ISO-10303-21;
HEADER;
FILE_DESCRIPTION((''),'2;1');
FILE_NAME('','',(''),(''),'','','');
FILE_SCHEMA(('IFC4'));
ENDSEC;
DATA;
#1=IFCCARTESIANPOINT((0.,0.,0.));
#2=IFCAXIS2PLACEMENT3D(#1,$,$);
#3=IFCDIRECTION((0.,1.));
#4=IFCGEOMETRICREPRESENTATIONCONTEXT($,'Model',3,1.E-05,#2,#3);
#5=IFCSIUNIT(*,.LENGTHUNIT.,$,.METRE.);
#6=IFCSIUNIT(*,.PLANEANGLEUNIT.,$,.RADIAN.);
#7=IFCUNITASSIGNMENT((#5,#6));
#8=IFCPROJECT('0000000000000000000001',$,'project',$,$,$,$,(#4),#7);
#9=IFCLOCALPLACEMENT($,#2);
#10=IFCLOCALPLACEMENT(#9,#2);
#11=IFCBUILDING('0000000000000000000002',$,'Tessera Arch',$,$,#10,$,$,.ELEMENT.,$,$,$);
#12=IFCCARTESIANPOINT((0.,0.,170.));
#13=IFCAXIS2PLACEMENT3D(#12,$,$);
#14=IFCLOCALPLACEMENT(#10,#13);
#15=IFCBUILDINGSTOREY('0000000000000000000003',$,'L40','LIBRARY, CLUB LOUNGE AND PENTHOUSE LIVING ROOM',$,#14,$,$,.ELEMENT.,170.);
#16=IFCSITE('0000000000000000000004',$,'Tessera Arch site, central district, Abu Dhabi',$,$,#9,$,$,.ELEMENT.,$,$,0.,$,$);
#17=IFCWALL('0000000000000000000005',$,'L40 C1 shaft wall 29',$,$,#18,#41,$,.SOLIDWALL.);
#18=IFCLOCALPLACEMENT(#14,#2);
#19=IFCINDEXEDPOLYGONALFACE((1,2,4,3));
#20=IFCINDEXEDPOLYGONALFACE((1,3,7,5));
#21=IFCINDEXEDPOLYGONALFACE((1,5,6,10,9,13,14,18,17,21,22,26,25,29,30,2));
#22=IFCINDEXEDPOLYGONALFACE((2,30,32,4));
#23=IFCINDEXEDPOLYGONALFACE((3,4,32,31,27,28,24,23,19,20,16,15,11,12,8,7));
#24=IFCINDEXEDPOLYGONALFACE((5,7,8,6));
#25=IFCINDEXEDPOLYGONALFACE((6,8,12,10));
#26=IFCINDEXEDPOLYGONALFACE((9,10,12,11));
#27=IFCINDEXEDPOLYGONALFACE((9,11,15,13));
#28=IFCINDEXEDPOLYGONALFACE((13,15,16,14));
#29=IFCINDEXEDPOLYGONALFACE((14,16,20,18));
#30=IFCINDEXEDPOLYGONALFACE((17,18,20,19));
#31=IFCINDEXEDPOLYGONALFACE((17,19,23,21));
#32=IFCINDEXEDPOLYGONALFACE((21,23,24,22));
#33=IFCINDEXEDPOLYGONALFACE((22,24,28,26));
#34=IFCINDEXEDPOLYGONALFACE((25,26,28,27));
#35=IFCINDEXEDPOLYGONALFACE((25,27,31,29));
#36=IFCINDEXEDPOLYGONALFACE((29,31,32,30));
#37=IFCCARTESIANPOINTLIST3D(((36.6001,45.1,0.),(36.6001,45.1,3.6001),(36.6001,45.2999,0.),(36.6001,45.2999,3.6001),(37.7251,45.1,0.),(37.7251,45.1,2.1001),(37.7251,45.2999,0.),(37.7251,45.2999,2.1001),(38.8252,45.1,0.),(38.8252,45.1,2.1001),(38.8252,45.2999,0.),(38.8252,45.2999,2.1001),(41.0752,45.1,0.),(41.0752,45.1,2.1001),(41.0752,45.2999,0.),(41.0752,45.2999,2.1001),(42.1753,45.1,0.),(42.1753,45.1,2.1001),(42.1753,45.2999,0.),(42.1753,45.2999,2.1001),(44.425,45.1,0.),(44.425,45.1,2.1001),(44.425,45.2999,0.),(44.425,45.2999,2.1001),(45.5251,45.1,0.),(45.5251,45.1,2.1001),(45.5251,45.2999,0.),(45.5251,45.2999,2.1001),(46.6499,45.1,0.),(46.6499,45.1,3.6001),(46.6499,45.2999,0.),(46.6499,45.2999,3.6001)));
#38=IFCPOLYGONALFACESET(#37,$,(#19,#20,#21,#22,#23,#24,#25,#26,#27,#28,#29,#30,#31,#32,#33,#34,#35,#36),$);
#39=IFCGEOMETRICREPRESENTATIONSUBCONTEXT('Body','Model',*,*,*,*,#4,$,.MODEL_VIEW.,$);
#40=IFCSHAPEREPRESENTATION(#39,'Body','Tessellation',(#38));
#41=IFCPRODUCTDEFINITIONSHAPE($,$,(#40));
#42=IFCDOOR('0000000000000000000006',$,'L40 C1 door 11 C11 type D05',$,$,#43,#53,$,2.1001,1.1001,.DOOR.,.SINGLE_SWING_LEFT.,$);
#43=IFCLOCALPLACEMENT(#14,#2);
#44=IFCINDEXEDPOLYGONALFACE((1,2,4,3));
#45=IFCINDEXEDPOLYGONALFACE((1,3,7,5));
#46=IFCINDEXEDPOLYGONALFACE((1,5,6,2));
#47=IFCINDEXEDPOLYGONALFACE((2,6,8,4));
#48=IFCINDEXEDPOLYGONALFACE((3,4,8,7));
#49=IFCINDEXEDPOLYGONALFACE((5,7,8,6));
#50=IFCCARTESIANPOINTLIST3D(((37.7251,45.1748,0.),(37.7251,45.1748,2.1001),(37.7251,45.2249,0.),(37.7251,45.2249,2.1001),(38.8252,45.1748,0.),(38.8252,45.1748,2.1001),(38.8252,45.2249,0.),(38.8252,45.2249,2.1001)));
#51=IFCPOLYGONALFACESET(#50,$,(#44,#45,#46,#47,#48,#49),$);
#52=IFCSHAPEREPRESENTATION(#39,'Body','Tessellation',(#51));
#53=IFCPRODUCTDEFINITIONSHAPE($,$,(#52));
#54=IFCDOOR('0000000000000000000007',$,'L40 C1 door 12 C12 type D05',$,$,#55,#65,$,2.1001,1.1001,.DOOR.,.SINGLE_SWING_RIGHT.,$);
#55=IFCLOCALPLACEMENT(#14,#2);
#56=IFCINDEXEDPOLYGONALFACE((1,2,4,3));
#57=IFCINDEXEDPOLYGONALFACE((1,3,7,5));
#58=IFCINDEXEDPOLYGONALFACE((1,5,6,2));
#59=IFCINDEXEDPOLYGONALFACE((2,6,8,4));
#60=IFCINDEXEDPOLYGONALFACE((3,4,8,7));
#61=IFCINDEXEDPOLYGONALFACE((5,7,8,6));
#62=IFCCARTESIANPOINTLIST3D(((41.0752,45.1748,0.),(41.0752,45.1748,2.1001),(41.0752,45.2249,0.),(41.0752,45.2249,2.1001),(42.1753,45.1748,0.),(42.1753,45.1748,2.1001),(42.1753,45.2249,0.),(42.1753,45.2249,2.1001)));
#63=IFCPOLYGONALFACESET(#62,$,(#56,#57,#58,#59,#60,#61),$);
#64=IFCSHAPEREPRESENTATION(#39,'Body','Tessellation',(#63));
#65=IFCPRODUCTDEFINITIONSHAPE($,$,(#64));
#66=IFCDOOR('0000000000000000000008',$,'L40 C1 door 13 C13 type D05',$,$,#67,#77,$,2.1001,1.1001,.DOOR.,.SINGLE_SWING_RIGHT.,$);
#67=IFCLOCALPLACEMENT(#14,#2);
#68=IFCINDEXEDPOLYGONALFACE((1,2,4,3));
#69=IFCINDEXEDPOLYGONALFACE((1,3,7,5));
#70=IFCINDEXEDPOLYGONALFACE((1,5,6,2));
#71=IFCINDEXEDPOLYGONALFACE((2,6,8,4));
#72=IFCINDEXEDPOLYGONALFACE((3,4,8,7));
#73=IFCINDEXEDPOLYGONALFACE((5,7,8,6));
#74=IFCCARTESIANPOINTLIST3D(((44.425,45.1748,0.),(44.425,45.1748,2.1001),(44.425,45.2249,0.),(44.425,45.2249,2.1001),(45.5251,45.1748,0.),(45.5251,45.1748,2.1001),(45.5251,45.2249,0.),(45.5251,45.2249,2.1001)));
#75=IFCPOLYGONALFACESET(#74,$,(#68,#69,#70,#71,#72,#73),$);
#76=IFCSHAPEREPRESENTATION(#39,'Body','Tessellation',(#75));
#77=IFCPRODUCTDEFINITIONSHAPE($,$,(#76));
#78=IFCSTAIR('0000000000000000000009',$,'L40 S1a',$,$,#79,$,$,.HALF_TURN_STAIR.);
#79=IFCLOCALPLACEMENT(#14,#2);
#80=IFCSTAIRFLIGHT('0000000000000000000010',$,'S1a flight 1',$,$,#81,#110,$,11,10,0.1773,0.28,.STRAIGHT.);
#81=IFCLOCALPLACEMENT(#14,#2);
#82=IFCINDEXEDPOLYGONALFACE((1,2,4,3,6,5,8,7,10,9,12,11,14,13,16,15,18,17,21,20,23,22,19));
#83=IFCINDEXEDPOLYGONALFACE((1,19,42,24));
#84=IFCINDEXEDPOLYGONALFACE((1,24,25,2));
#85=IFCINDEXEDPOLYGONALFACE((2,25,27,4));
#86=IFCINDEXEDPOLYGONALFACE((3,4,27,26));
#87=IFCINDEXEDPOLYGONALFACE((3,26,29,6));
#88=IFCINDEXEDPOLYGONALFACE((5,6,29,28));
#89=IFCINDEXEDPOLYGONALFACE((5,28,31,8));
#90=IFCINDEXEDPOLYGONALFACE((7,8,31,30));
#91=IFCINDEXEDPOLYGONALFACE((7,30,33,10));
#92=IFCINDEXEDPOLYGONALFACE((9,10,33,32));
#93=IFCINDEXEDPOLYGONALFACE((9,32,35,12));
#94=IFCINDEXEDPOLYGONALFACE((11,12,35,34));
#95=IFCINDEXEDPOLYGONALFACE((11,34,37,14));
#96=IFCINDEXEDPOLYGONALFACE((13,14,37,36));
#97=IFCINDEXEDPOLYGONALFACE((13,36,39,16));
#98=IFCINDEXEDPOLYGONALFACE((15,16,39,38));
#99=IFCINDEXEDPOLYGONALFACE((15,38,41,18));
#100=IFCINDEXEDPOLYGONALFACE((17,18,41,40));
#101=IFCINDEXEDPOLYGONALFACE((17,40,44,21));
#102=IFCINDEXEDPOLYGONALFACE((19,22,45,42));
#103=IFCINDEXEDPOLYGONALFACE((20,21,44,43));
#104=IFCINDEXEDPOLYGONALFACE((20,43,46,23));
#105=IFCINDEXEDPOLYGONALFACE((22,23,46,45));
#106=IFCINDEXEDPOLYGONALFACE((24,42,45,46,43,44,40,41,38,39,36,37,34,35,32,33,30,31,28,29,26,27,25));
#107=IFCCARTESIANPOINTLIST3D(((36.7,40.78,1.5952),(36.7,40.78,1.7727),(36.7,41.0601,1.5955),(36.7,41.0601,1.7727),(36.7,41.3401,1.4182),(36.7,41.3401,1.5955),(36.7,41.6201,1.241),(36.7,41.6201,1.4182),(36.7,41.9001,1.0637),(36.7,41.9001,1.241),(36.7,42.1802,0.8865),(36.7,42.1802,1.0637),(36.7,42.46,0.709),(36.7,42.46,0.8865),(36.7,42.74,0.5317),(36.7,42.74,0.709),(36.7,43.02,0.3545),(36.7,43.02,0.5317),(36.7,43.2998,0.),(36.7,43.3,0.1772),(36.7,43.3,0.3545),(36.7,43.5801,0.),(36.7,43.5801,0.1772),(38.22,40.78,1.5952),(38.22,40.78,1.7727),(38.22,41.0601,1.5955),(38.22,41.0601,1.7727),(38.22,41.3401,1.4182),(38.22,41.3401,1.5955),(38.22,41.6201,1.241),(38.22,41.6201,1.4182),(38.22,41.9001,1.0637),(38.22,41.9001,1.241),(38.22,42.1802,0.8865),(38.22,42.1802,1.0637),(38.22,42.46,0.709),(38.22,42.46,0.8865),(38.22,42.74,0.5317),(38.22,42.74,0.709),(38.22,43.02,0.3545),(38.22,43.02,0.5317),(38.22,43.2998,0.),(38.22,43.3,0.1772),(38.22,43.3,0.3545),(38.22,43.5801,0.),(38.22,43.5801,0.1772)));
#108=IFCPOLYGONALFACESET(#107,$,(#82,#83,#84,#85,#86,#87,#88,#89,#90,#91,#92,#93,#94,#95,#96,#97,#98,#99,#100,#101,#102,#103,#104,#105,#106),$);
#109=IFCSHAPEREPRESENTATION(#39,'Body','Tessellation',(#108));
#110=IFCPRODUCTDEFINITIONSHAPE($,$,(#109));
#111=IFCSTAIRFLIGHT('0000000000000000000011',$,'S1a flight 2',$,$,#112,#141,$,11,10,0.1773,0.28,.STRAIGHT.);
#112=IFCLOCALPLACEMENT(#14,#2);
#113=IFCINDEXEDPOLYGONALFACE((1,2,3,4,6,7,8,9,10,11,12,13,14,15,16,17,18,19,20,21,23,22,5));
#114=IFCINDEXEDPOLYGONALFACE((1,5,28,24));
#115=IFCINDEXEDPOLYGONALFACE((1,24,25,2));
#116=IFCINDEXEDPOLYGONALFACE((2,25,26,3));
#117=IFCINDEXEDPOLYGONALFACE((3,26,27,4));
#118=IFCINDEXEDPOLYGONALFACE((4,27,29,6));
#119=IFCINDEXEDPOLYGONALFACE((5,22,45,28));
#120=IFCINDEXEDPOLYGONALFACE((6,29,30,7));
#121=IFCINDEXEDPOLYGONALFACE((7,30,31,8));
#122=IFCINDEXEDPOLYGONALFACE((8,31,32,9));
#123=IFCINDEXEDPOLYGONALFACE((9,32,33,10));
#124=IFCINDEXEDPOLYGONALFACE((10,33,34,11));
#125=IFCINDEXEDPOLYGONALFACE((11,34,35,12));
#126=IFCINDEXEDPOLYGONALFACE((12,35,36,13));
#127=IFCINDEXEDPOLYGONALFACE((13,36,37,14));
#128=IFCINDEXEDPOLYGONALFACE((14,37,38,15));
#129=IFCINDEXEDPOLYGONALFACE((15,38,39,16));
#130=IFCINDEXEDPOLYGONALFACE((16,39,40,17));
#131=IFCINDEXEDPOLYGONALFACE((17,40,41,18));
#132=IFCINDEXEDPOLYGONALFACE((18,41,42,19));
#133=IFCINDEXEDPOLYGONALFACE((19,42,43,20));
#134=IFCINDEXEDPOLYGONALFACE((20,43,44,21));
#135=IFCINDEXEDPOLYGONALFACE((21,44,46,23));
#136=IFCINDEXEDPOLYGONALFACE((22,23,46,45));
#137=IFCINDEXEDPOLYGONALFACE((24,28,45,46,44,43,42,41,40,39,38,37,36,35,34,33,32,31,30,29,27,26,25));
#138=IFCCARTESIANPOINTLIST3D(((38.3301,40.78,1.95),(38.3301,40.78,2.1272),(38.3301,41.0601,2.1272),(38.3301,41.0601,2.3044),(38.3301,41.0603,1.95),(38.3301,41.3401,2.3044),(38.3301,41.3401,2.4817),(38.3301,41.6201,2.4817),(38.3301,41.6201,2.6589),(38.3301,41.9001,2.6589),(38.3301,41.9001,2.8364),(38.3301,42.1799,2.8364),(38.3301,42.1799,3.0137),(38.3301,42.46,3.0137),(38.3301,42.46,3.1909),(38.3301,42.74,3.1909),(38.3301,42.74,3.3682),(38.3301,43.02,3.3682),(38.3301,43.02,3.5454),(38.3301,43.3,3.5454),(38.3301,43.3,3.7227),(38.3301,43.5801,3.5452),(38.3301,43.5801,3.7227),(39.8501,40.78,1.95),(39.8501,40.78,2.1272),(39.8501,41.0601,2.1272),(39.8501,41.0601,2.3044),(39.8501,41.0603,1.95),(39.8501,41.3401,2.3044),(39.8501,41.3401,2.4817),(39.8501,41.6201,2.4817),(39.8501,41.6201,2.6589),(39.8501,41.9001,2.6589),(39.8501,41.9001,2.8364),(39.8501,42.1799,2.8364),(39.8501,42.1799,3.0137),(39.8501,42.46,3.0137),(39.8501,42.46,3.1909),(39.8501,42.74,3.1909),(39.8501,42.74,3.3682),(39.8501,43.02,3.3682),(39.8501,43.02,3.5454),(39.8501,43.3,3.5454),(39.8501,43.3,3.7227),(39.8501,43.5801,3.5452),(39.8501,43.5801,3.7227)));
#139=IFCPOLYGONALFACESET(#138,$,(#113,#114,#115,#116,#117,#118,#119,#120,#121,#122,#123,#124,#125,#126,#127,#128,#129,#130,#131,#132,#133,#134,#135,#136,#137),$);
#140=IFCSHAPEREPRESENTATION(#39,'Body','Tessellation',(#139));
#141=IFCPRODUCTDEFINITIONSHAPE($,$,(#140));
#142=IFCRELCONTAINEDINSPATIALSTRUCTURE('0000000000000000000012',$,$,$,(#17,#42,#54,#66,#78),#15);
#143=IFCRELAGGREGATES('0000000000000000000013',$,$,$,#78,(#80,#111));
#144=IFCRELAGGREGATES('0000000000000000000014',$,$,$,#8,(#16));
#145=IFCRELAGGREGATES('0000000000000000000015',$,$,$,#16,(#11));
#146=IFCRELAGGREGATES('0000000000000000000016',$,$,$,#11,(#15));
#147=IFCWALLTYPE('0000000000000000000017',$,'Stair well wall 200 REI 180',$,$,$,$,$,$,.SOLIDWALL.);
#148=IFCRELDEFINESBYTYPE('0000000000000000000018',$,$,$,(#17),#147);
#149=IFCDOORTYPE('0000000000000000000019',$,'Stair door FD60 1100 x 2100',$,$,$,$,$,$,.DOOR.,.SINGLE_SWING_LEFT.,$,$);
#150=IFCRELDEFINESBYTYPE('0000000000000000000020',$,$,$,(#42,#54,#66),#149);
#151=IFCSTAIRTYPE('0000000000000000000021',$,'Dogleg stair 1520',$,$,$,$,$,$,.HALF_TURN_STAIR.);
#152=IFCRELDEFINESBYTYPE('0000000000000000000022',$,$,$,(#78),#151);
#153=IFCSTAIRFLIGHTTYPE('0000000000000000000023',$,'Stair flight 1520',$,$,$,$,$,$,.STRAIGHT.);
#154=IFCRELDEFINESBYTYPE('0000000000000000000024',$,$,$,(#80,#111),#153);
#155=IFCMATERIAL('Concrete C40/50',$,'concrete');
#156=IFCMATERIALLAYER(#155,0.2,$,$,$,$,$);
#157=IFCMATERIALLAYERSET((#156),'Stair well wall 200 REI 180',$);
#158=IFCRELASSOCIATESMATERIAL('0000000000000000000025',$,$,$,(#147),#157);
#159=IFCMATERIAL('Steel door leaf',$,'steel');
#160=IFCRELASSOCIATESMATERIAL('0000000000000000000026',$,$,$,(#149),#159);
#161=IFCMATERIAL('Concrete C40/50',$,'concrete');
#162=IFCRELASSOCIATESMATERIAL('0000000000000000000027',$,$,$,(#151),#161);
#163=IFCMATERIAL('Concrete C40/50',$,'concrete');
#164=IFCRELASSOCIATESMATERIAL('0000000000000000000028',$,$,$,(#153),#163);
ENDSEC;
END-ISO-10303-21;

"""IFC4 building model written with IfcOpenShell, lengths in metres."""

from ifc_helpers import new_model, si_unit, direction, frame, frame_2d, origin, place, context, subcontext, project, spatial, polyline, rectangle, outline, extrude, material, layer, layer_set, type_object, element, fill, aggregate, save


model = new_model("IFC4")

# Units and contexts
model_context = context("Model", 3, precision=1e-05, world=origin(), true_north=direction((0.0, 1.0)))
body_context = subcontext(model_context, "Body", "Model", "MODEL_VIEW")
ifc_project = project(units=[si_unit("LENGTHUNIT", "METRE"), si_unit("PLANEANGLEUNIT", "RADIAN")], contexts=[model_context])

# Site, building, storey
site_placement = place(None, origin())
site = spatial("IfcSite", under=ifc_project, at=site_placement, Name="Tessera Arch site, central district, Abu Dhabi", CompositionType="ELEMENT", RefElevation=0.0)
building_placement = place(site_placement, origin())
building = spatial("IfcBuilding", under=site, at=building_placement, Name="Tessera Arch", CompositionType="ELEMENT")
storey_placement = place(building_placement, frame((0.0, 0.0, 170.0)))
storey = spatial("IfcBuildingStorey", under=building, at=storey_placement, Name="L40", Description="LIBRARY, CLUB LOUNGE AND PENTHOUSE LIVING ROOM", CompositionType="ELEMENT", Elevation=170.0)

# Shared definitions
ifc_material_1 = material(Name="Concrete C40/50", Category="concrete")
ifc_layer_1 = layer(ifc_material_1, 0.2)
ifc_layer_set_1 = layer_set([ifc_layer_1], Name="Stair well wall 200 REI 180")
wall_type_1 = type_object("IfcWallType", Name="Stair well wall 200 REI 180", PredefinedType="SOLIDWALL", material=ifc_layer_set_1)

# Wall, openings, doors
wall_1_placement = place(storey_placement, frame((36.6001, 45.2, 0.0), z_axis=(0.0, 0.0, 1.0), x_axis=(1.0, 0.0, 0.0)))
wall_1 = element("IfcWall", 1, at=wall_1_placement, inside=storey, type_object=wall_type_1, Name="L40 C1 shaft wall 29", PredefinedType="SOLIDWALL", context=body_context, shape_type="SweptSolid", body=[
    extrude(rectangle(XDim=10.0498, YDim=0.2, at=frame_2d((5.0249, 0.0))), origin(), (0.0, 0.0, 1.0), 3.6001),
])
opening_1_placement = place(wall_1_placement, frame((1.125, 0.0, 0.0)))
opening_1 = element("IfcOpeningElement", 2, at=opening_1_placement, cuts=wall_1, PredefinedType="OPENING", context=body_context, shape_type="SweptSolid", body=[
    extrude(rectangle(XDim=1.1001, YDim=2.1001, at=frame_2d((0.55, 1.05))), frame((0.0, 0.1099, 0.0), z_axis=(0.0, -1.0, 0.0), x_axis=(1.0, 0.0, 0.0)), (0.0, 0.0, 1.0), 0.22),
])
opening_2_placement = place(wall_1_placement, frame((4.4751, 0.0, 0.0)))
opening_2 = element("IfcOpeningElement", 3, at=opening_2_placement, cuts=wall_1, PredefinedType="OPENING", context=body_context, shape_type="SweptSolid", body=[
    extrude(rectangle(XDim=1.1001, YDim=2.1001, at=frame_2d((0.55, 1.05))), frame((0.0, 0.1099, 0.0), z_axis=(0.0, -1.0, 0.0), x_axis=(1.0, 0.0, 0.0)), (0.0, 0.0, 1.0), 0.22),
])
opening_3_placement = place(wall_1_placement, frame((7.825, 0.0, 0.0)))
opening_3 = element("IfcOpeningElement", 4, at=opening_3_placement, cuts=wall_1, PredefinedType="OPENING", context=body_context, shape_type="SweptSolid", body=[
    extrude(rectangle(XDim=1.1001, YDim=2.1001, at=frame_2d((0.55, 1.05))), frame((0.0, 0.1099, 0.0), z_axis=(0.0, -1.0, 0.0), x_axis=(1.0, 0.0, 0.0)), (0.0, 0.0, 1.0), 0.22),
])
ifc_material_2 = material(Name="Steel door leaf", Category="steel")
door_type_1 = type_object("IfcDoorType", Name="Stair door FD60 1100 x 2100", OperationType="SINGLE_SWING_LEFT", PredefinedType="DOOR", material=ifc_material_2)
door_1_placement = place(opening_1_placement, origin())
door_1 = element("IfcDoor", 5, at=door_1_placement, inside=storey, type_object=door_type_1, Name="L40 C1 door 11 C11 type D05", OperationType="SINGLE_SWING_LEFT", OverallHeight=2.1001, OverallWidth=1.1001, PredefinedType="DOOR", context=body_context, shape_type="SweptSolid", body=[
    extrude(rectangle(XDim=1.1001, YDim=2.1001, at=frame_2d((0.55, 1.05))), frame((0.0, 0.0249, 0.0), z_axis=(0.0, -1.0, 0.0), x_axis=(1.0, 0.0, 0.0)), (0.0, 0.0, 1.0), 0.05),
])
fill(opening_1, door_1)
door_2_placement = place(opening_2_placement, origin())
door_2 = element("IfcDoor", 6, at=door_2_placement, inside=storey, type_object=door_type_1, Name="L40 C1 door 12 C12 type D05", OperationType="SINGLE_SWING_RIGHT", OverallHeight=2.1001, OverallWidth=1.1001, PredefinedType="DOOR", context=body_context, shape_type="SweptSolid", body=[
    extrude(rectangle(XDim=1.1001, YDim=2.1001, at=frame_2d((0.55, 1.05))), frame((0.0, 0.0249, 0.0), z_axis=(0.0, -1.0, 0.0), x_axis=(1.0, 0.0, 0.0)), (0.0, 0.0, 1.0), 0.05),
])
fill(opening_2, door_2)
door_3_placement = place(opening_3_placement, origin())
door_3 = element("IfcDoor", 7, at=door_3_placement, inside=storey, type_object=door_type_1, Name="L40 C1 door 13 C13 type D05", OperationType="SINGLE_SWING_RIGHT", OverallHeight=2.1001, OverallWidth=1.1001, PredefinedType="DOOR", context=body_context, shape_type="SweptSolid", body=[
    extrude(rectangle(XDim=1.1001, YDim=2.1001, at=frame_2d((0.55, 1.05))), frame((0.0, 0.0249, 0.0), z_axis=(0.0, -1.0, 0.0), x_axis=(1.0, 0.0, 0.0)), (0.0, 0.0, 1.0), 0.05),
])
fill(opening_3, door_3)

# Stair, stair flights
ifc_material_3 = material(Name="Concrete C40/50", Category="concrete")
stair_type = type_object("IfcStairType", Name="Dogleg stair 1520", PredefinedType="HALF_TURN_STAIR", material=ifc_material_3)
stair_placement = place(storey_placement, origin())
stair = element("IfcStair", 8, at=stair_placement, inside=storey, type_object=stair_type, Name="L40 S1a", PredefinedType="HALF_TURN_STAIR")
ifc_material_4 = material(Name="Concrete C40/50", Category="concrete")
stair_flight_type = type_object("IfcStairFlightType", Name="Stair flight 1520", PredefinedType="STRAIGHT", material=ifc_material_4)
stair_flight_1_placement = place(storey_placement, frame((37.46, 43.5801, 0.0), z_axis=(0.0, 0.0, 1.0), x_axis=(0.0, -1.0, 0.0)))
stair_flight_1 = element("IfcStairFlight", 9, at=stair_flight_1_placement, type_object=stair_flight_type, Name="S1a flight 1", NumberOfRisers=11, NumberOfTreads=10, PredefinedType="STRAIGHT", RiserHeight=0.1773, TreadLength=0.28, context=body_context, shape_type="SweptSolid", body=[
    extrude(outline(polyline([(0.0, 0.0), (0.0, 0.1772), (0.28, 0.1772), (0.28, 0.3545), (0.5601, 0.3545), (0.5601, 0.5317), (0.8401, 0.5317), (0.8401, 0.709), (1.1201, 0.709), (1.1201, 0.8865), (1.3999, 0.8865), (1.3999, 1.0637), (1.6799, 1.0637), (1.6799, 1.241), (1.96, 1.241), (1.96, 1.4182), (2.24, 1.4182), (2.24, 1.5955), (2.52, 1.5955), (2.52, 1.7727), (2.8, 1.7727), (2.8, 1.95), (2.8, 1.5952), (0.2803, 0.0), (0.0, 0.0)])), frame((0.0, 0.76, 0.0), z_axis=(0.0, -1.0, 0.0), x_axis=(1.0, 0.0, 0.0)), (0.0, 0.0, 1.0), 1.52),
])
stair_flight_2_placement = place(storey_placement, frame((39.0901, 40.78, 1.95), z_axis=(0.0, 0.0, 1.0), x_axis=(0.0, 1.0, 0.0)))
stair_flight_2 = element("IfcStairFlight", 10, at=stair_flight_2_placement, type_object=stair_flight_type, Name="S1a flight 2", NumberOfRisers=11, NumberOfTreads=10, PredefinedType="STRAIGHT", RiserHeight=0.1773, TreadLength=0.28, context=body_context, shape_type="SweptSolid", body=[
    extrude(outline(polyline([(0.0, 0.0), (0.0, 0.1772), (0.28, 0.1772), (0.28, 0.3545), (0.5601, 0.3545), (0.5601, 0.5317), (0.8401, 0.5317), (0.8401, 0.709), (1.1201, 0.709), (1.1201, 0.8865), (1.3999, 0.8865), (1.3999, 1.0637), (1.6799, 1.0637), (1.6799, 1.241), (1.96, 1.241), (1.96, 1.4182), (2.24, 1.4182), (2.24, 1.5955), (2.52, 1.5955), (2.52, 1.7727), (2.8, 1.7727), (2.8, 1.95), (2.8, 1.5952), (0.2803, 0.0), (0.0, 0.0)])), frame((0.0, 0.76, 0.0), z_axis=(0.0, -1.0, 0.0), x_axis=(1.0, 0.0, 0.0)), (0.0, 0.0, 1.0), 1.52),
])
aggregate(stair, [stair_flight_1, stair_flight_2])

save(model, "model.ifc")
